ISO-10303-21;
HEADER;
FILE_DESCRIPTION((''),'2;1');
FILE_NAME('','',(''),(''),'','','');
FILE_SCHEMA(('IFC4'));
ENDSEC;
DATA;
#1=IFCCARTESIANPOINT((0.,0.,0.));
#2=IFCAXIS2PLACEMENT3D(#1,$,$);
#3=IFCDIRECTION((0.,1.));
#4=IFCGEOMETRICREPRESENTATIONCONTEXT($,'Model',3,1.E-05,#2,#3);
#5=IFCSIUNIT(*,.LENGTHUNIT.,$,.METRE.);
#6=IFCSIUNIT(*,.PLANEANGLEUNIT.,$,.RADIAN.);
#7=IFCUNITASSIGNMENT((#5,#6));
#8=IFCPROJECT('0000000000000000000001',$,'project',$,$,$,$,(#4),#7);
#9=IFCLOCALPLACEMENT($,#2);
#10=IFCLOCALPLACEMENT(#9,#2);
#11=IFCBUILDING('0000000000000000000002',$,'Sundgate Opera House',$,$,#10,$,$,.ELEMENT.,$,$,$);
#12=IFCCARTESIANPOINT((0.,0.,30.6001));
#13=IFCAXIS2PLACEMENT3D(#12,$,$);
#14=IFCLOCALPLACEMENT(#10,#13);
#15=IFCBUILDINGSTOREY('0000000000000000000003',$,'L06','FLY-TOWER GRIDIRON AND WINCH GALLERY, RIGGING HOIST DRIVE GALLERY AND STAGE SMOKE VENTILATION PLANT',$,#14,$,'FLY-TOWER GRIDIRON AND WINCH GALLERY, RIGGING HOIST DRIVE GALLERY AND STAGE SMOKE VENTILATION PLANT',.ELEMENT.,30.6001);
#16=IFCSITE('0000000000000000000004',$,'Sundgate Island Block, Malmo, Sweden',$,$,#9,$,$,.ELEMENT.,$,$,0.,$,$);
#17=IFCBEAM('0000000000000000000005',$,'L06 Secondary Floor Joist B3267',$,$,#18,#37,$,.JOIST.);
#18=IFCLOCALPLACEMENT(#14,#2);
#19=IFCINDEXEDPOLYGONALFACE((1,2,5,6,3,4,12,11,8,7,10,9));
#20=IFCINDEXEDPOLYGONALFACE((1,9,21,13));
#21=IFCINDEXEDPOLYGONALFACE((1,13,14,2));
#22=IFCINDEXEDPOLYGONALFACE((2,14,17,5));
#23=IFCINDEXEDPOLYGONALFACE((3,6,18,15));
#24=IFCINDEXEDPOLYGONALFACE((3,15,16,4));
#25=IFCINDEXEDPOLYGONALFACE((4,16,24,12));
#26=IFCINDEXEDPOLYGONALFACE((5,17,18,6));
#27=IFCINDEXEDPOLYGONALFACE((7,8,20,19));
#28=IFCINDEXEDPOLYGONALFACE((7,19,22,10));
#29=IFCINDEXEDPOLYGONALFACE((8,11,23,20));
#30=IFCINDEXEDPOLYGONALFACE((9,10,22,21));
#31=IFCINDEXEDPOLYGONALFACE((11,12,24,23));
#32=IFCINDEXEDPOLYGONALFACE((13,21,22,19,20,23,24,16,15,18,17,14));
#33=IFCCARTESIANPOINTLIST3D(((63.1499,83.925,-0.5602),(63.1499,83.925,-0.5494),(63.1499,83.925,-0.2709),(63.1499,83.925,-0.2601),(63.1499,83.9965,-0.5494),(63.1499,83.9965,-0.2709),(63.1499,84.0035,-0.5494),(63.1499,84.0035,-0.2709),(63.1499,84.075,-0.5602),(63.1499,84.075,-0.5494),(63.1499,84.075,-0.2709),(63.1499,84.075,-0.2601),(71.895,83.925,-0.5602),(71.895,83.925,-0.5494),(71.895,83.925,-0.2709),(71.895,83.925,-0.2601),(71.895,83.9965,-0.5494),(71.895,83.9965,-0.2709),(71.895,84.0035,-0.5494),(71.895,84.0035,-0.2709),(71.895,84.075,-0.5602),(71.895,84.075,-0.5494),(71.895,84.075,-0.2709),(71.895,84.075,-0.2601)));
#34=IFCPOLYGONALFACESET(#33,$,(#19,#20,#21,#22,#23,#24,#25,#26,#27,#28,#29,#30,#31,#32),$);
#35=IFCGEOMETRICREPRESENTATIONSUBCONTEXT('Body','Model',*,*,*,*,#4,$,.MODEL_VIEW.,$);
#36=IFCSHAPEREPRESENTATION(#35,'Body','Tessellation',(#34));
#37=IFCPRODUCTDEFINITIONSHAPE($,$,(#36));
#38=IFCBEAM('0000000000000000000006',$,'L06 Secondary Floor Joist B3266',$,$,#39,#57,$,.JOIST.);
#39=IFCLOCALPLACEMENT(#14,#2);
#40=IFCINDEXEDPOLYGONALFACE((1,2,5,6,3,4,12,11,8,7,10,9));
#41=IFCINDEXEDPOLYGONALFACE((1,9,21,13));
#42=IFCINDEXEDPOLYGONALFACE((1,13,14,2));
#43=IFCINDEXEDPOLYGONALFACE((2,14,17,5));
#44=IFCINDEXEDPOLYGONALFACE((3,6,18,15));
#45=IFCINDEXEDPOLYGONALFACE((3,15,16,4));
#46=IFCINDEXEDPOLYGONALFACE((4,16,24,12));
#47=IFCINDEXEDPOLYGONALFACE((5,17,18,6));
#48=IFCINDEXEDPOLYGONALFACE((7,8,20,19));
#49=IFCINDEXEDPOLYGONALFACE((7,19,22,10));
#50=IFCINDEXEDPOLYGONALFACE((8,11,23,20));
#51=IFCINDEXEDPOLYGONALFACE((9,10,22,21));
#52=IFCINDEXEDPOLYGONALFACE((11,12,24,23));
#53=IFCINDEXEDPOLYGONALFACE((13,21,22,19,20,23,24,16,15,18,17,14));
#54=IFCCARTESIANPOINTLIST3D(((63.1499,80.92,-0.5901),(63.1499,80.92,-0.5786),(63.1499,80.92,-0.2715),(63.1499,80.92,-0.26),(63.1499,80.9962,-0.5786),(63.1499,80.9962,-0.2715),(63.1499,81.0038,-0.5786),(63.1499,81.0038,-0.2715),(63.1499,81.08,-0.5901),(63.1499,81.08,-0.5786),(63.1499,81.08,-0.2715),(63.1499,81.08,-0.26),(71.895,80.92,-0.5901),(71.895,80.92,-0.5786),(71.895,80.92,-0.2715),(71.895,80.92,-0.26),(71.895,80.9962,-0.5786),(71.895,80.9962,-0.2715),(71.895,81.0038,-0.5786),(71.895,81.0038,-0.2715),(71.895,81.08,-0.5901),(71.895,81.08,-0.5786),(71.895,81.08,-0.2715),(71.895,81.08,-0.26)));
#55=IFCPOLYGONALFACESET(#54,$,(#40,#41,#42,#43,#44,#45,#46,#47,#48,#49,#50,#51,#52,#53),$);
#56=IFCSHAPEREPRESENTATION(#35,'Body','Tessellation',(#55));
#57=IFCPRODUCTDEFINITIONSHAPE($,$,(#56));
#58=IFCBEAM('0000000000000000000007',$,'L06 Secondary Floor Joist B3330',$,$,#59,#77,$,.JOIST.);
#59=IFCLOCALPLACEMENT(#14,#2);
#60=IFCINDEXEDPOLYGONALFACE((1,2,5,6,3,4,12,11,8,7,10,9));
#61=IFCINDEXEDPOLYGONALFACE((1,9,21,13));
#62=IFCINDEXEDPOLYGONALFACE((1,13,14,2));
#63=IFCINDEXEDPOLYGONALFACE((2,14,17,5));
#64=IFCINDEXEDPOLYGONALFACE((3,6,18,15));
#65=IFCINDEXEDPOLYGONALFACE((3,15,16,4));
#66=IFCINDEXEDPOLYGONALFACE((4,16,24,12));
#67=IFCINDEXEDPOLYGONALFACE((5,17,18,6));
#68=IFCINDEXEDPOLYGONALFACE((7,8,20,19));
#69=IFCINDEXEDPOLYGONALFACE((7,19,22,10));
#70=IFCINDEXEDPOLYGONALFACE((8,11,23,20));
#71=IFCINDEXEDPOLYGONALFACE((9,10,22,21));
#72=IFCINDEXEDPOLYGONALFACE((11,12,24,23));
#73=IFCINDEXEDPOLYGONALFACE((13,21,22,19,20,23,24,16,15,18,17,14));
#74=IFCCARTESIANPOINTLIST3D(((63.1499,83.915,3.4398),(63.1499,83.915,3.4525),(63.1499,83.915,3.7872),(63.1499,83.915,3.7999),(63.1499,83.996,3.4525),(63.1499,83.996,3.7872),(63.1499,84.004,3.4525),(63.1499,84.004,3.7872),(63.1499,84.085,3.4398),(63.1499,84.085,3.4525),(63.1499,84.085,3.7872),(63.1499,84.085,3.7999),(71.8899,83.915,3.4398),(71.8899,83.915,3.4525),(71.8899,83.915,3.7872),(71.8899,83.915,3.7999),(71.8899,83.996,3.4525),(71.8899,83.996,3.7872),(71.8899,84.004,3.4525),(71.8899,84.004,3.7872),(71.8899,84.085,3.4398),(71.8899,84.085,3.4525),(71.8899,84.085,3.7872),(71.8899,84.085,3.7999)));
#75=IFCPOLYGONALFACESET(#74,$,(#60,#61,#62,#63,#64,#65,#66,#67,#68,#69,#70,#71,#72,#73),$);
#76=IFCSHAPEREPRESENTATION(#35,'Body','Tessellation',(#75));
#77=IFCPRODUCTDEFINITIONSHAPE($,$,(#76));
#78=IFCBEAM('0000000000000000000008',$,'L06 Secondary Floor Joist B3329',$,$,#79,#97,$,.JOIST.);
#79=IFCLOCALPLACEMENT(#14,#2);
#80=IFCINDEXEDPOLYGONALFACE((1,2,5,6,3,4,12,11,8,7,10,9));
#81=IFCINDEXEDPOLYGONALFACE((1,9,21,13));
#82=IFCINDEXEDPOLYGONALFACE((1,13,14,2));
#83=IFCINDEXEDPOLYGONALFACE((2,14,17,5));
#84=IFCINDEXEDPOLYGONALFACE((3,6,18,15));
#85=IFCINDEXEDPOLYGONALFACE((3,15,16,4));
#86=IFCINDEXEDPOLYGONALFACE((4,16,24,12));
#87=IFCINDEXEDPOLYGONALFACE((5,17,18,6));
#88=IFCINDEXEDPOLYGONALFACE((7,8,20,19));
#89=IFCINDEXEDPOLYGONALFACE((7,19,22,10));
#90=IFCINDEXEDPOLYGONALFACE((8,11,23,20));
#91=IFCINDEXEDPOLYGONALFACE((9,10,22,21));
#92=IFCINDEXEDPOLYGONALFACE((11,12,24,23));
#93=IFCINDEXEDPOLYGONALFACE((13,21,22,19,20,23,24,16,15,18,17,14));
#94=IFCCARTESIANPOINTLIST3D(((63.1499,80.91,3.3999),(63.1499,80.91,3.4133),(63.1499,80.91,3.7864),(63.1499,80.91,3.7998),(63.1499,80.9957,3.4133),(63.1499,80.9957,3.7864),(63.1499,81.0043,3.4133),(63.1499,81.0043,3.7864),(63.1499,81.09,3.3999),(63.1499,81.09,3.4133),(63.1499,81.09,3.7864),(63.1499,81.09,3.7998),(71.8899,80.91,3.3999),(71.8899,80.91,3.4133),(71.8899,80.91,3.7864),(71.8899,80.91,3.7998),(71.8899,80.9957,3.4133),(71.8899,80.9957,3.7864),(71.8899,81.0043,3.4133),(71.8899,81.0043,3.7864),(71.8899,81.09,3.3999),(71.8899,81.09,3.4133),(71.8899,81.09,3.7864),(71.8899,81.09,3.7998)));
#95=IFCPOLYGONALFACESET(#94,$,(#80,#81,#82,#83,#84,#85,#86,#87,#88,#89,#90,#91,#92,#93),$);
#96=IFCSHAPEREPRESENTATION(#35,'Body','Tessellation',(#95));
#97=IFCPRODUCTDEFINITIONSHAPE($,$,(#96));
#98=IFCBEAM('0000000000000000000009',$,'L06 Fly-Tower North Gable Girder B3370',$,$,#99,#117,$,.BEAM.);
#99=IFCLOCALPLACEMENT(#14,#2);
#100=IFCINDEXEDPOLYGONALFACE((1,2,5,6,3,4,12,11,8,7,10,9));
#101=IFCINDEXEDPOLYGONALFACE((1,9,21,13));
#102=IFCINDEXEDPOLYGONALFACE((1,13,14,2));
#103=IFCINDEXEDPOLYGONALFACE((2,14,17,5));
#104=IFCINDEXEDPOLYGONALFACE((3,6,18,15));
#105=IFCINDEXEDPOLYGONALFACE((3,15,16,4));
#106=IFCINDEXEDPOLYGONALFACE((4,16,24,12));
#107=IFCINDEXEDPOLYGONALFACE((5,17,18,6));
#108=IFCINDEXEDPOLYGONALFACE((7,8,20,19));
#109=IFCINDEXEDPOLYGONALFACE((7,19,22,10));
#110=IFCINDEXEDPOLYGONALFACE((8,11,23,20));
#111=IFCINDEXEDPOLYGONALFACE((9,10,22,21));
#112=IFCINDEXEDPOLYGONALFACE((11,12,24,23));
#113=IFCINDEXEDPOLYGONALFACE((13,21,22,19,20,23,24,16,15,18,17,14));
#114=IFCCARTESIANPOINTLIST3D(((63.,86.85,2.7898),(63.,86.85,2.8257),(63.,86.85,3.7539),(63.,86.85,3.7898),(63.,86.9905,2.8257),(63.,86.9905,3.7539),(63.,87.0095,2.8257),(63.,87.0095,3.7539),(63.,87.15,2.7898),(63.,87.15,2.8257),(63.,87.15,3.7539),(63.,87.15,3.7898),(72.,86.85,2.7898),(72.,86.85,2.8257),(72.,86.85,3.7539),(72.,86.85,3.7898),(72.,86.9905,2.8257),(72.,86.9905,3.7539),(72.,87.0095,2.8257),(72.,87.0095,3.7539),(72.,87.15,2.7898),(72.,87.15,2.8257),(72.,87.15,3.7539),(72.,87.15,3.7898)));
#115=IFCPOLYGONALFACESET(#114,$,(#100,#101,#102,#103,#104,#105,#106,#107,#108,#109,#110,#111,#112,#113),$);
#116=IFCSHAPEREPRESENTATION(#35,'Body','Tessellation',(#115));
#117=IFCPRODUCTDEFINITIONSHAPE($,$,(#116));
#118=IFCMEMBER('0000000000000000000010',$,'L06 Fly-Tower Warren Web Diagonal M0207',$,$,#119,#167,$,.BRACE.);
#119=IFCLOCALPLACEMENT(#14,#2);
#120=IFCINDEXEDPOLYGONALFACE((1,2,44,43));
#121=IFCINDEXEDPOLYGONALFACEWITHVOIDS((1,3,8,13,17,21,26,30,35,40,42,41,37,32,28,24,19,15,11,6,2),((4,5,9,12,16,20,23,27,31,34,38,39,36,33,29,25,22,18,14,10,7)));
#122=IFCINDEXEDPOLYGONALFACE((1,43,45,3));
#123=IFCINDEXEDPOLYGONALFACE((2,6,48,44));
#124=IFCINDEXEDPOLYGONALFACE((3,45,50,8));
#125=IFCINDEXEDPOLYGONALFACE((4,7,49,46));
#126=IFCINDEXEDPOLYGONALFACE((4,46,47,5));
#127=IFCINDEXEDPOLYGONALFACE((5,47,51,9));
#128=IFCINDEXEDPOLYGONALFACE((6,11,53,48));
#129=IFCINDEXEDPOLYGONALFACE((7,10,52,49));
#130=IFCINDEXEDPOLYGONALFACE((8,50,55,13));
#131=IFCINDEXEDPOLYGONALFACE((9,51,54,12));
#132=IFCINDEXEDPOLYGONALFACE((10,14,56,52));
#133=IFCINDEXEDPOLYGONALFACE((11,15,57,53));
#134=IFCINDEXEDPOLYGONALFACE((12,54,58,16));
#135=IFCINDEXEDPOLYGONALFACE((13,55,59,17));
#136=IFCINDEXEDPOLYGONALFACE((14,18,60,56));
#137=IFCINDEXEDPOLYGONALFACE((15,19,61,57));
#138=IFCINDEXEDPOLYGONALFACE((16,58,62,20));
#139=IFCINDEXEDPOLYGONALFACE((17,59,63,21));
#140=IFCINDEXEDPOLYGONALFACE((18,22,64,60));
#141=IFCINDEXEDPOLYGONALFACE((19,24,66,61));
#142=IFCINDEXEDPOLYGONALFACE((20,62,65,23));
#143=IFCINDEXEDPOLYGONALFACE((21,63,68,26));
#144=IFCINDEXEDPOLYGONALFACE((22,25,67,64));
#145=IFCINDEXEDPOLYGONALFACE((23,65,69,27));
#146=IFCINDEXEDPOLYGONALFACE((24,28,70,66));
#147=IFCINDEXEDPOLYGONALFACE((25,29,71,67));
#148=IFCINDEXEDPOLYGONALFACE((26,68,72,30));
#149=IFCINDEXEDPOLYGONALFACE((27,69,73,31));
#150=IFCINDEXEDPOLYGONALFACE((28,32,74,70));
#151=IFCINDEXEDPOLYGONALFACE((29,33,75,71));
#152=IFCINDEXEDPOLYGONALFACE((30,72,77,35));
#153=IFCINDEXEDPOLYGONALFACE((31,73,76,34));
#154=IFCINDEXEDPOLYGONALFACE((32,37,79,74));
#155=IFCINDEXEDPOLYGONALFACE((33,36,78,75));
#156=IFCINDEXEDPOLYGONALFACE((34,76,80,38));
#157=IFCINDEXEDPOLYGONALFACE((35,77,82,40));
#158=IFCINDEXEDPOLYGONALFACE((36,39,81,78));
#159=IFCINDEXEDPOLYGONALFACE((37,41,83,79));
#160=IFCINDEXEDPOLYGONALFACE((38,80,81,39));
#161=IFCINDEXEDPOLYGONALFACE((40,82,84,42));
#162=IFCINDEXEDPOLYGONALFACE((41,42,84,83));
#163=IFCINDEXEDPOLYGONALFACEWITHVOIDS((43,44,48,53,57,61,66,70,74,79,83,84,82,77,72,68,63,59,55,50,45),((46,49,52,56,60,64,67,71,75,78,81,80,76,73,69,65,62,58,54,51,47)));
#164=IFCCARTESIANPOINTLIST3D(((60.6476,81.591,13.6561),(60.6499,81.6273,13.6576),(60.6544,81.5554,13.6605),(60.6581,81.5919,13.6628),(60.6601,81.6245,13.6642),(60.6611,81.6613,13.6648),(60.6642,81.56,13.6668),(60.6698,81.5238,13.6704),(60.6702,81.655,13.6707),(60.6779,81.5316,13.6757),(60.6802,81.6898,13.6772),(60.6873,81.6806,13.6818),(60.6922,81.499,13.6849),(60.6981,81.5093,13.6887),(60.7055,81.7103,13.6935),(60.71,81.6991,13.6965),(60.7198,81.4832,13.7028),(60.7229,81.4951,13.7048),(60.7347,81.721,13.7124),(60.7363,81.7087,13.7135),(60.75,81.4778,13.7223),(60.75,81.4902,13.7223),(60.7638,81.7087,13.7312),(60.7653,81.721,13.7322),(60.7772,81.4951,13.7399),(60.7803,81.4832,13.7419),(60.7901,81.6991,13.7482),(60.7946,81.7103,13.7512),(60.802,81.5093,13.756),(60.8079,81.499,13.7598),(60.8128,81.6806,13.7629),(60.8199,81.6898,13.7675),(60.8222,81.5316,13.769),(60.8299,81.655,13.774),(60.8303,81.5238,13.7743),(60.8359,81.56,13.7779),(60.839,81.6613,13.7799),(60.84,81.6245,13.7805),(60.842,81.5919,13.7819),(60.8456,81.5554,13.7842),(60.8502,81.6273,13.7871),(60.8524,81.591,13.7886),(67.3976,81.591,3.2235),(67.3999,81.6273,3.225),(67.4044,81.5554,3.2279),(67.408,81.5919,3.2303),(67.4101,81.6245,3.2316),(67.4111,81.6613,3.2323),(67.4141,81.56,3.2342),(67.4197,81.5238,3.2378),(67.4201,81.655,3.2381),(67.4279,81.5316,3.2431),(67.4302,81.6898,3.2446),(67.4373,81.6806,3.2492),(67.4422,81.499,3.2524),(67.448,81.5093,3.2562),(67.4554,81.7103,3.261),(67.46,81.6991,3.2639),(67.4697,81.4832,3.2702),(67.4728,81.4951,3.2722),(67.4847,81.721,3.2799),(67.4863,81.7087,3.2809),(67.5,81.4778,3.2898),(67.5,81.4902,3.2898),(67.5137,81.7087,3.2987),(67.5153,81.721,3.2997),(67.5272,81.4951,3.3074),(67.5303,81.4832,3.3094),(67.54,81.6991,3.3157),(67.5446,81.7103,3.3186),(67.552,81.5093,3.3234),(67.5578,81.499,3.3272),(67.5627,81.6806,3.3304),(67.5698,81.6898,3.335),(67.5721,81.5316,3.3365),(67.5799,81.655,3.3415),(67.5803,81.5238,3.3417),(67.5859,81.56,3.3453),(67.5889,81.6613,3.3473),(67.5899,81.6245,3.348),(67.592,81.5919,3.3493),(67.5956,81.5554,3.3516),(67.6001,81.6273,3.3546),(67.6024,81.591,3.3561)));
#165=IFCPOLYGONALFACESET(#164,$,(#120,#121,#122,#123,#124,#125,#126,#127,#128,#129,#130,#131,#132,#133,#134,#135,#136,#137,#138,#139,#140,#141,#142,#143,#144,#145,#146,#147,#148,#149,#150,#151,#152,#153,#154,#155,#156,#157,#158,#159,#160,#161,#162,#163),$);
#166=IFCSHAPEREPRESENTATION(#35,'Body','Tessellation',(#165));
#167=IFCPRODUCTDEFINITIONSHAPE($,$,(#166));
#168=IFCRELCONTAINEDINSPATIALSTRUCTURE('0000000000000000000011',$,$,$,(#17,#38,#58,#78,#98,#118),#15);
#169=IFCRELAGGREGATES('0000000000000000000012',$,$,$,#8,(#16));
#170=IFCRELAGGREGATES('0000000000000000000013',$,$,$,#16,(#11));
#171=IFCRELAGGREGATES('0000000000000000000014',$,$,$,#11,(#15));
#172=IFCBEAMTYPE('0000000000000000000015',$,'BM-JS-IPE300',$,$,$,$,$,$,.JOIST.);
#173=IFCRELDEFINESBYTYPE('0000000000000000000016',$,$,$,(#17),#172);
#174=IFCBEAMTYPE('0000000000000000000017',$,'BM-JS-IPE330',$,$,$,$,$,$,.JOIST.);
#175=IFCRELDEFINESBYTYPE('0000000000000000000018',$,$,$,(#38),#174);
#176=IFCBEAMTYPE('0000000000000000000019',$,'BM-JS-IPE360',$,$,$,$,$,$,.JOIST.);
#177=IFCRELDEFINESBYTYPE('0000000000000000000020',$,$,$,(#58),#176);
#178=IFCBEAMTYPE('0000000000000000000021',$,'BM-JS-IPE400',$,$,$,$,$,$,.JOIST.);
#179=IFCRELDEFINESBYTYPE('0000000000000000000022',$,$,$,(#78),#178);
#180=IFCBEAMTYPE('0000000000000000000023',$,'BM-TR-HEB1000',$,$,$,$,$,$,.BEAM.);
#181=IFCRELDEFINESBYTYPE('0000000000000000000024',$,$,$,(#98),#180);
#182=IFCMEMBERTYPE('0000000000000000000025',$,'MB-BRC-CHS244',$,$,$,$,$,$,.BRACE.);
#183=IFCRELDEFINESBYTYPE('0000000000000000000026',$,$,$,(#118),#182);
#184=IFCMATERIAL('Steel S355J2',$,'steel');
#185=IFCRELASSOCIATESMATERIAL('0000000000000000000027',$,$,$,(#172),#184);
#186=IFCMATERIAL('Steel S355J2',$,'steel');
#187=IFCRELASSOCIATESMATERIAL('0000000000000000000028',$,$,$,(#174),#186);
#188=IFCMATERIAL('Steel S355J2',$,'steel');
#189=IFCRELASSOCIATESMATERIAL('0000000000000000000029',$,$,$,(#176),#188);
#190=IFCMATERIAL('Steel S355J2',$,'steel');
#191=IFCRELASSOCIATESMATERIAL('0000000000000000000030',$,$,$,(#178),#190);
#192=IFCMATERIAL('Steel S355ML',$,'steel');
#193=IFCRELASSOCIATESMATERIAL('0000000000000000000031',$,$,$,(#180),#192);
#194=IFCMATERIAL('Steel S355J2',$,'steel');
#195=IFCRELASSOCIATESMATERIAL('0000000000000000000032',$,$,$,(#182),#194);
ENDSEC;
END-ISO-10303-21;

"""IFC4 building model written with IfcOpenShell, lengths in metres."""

from ifc_helpers import new_model, si_unit, direction, frame, origin, origin_2d, place, context, subcontext, project, spatial, hollow_circle, i_section, extrude, material, material_profile, profile_set, type_object, element, save


model = new_model("IFC4")

# Units and contexts
model_context = context("Model", 3, precision=1e-05, world=origin(), true_north=direction((0.0, 1.0)))
body_context = subcontext(model_context, "Body", "Model", "MODEL_VIEW")
ifc_project = project(units=[si_unit("LENGTHUNIT", "METRE"), si_unit("PLANEANGLEUNIT", "RADIAN")], contexts=[model_context])

# Site, building, storey
site_placement = place(None, origin())
site = spatial("IfcSite", under=ifc_project, at=site_placement, Name="Sundgate Island Block, Malmo, Sweden", CompositionType="ELEMENT", RefElevation=0.0)
building_placement = place(site_placement, origin())
building = spatial("IfcBuilding", under=site, at=building_placement, Name="Sundgate Opera House", CompositionType="ELEMENT")
storey_placement = place(building_placement, frame((0.0, 0.0, 30.6001)))
storey = spatial("IfcBuildingStorey", under=building, at=storey_placement, Name="L06", Description="FLY-TOWER GRIDIRON AND WINCH GALLERY, RIGGING HOIST DRIVE GALLERY AND STAGE SMOKE VENTILATION PLANT", LongName="FLY-TOWER GRIDIRON AND WINCH GALLERY, RIGGING HOIST DRIVE GALLERY AND STAGE SMOKE VENTILATION PLANT", CompositionType="ELEMENT", Elevation=30.6001)

# Beams
ifc_material_1 = material(Name="Steel S355J2", Category="steel")
ifc_material_profile_1 = material_profile(ifc_material_1, i_section(OverallWidth=0.1499, OverallDepth=0.3, WebThickness=0.0071, FlangeThickness=0.0107, at=origin_2d()), Name="IPE 300")
ifc_profile_set_1 = profile_set([ifc_material_profile_1], Name="Steel S355J2")
beam_type_1 = type_object("IfcBeamType", Name="BM-JS-IPE300", PredefinedType="JOIST", material=ifc_profile_set_1)
beam_1_placement = place(storey_placement, frame((63.1499, 84.0, -0.4102), z_axis=(1.0, 0.0, 0.0), x_axis=(0.0, 1.0, 0.0)))
element("IfcBeam", 1, at=beam_1_placement, inside=storey, type_object=beam_type_1, Name="L06 Secondary Floor Joist B3267", PredefinedType="JOIST", context=body_context, shape_type="SweptSolid", body=[
    extrude(i_section(OverallWidth=0.1499, OverallDepth=0.3, WebThickness=0.0071, FlangeThickness=0.0107, at=origin_2d()), origin(), (0.0, 0.0, 1.0), 8.7451),
])
ifc_material_2 = material(Name="Steel S355J2", Category="steel")
ifc_material_profile_2 = material_profile(ifc_material_2, i_section(OverallWidth=0.1599, OverallDepth=0.3301, WebThickness=0.0076, FlangeThickness=0.0115, at=origin_2d()), Name="IPE 330")
ifc_profile_set_2 = profile_set([ifc_material_profile_2], Name="Steel S355J2")
beam_type_2 = type_object("IfcBeamType", Name="BM-JS-IPE330", PredefinedType="JOIST", material=ifc_profile_set_2)
beam_2_placement = place(storey_placement, frame((63.1499, 81.0, -0.425), z_axis=(1.0, 0.0, 0.0), x_axis=(0.0, 1.0, 0.0)))
element("IfcBeam", 2, at=beam_2_placement, inside=storey, type_object=beam_type_2, Name="L06 Secondary Floor Joist B3266", PredefinedType="JOIST", context=body_context, shape_type="SweptSolid", body=[
    extrude(i_section(OverallWidth=0.1599, OverallDepth=0.3301, WebThickness=0.0076, FlangeThickness=0.0115, at=origin_2d()), origin(), (0.0, 0.0, 1.0), 8.7451),
])
ifc_material_3 = material(Name="Steel S355J2", Category="steel")
ifc_material_profile_3 = material_profile(ifc_material_3, i_section(OverallWidth=0.1699, OverallDepth=0.3601, WebThickness=0.0081, FlangeThickness=0.0127, at=origin_2d()), Name="IPE 360")
ifc_profile_set_3 = profile_set([ifc_material_profile_3], Name="Steel S355J2")
beam_type_3 = type_object("IfcBeamType", Name="BM-JS-IPE360", PredefinedType="JOIST", material=ifc_profile_set_3)
beam_3_placement = place(storey_placement, frame((63.1499, 84.0, 3.6199), z_axis=(1.0, 0.0, 0.0), x_axis=(0.0, 1.0, 0.0)))
element("IfcBeam", 3, at=beam_3_placement, inside=storey, type_object=beam_type_3, Name="L06 Secondary Floor Joist B3330", PredefinedType="JOIST", context=body_context, shape_type="SweptSolid", body=[
    extrude(i_section(OverallWidth=0.1699, OverallDepth=0.3601, WebThickness=0.0081, FlangeThickness=0.0127, at=origin_2d()), origin(), (0.0, 0.0, 1.0), 8.74),
])
ifc_material_4 = material(Name="Steel S355J2", Category="steel")
ifc_material_profile_4 = material_profile(ifc_material_4, i_section(OverallWidth=0.1799, OverallDepth=0.3999, WebThickness=0.0085, FlangeThickness=0.0134, at=origin_2d()), Name="IPE 400")
ifc_profile_set_4 = profile_set([ifc_material_profile_4], Name="Steel S355J2")
beam_type_4 = type_object("IfcBeamType", Name="BM-JS-IPE400", PredefinedType="JOIST", material=ifc_profile_set_4)
beam_4_placement = place(storey_placement, frame((63.1499, 81.0, 3.5999), z_axis=(1.0, 0.0, 0.0), x_axis=(0.0, 1.0, 0.0)))
element("IfcBeam", 4, at=beam_4_placement, inside=storey, type_object=beam_type_4, Name="L06 Secondary Floor Joist B3329", PredefinedType="JOIST", context=body_context, shape_type="SweptSolid", body=[
    extrude(i_section(OverallWidth=0.1799, OverallDepth=0.3999, WebThickness=0.0085, FlangeThickness=0.0134, at=origin_2d()), origin(), (0.0, 0.0, 1.0), 8.74),
])
ifc_material_5 = material(Name="Steel S355ML", Category="steel")
ifc_material_profile_5 = material_profile(ifc_material_5, i_section(OverallWidth=0.3, OverallDepth=1.0, WebThickness=0.019, FlangeThickness=0.0359, at=origin_2d()), Name="HEB 1000")
ifc_profile_set_5 = profile_set([ifc_material_profile_5], Name="Steel S355ML")
beam_type_5 = type_object("IfcBeamType", Name="BM-TR-HEB1000", PredefinedType="BEAM", material=ifc_profile_set_5)
beam_5_placement = place(storey_placement, frame((63.0, 87.0, 3.2898), z_axis=(1.0, 0.0, 0.0), x_axis=(0.0, 1.0, 0.0)))
element("IfcBeam", 5, at=beam_5_placement, inside=storey, type_object=beam_type_5, Name="L06 Fly-Tower North Gable Girder B3370", PredefinedType="BEAM", context=body_context, shape_type="SweptSolid", body=[
    extrude(i_section(OverallWidth=0.3, OverallDepth=1.0, WebThickness=0.019, FlangeThickness=0.0359, at=origin_2d()), origin(), (0.0, 0.0, 1.0), 9.0),
])

# Member
ifc_material_6 = material(Name="Steel S355J2", Category="steel")
ifc_material_profile_6 = material_profile(ifc_material_6, hollow_circle(Radius=0.1223, WallThickness=0.0125, at=origin_2d()), Name="CHS 244.5x12.5")
ifc_profile_set_6 = profile_set([ifc_material_profile_6], Name="Steel S355J2")
member_type_1 = type_object("IfcMemberType", Name="MB-BRC-CHS244", PredefinedType="BRACE", material=ifc_profile_set_6)
for number, where, z_axis, x_axis, name in (
    (6, (67.5, 81.6001, 3.2898), (-0.543222, 0.0, 0.839589), (0.0, -1.0, 0.0), "L06 Fly-Tower Warren Web Diagonal M0207"),
):
    element("IfcMember", number, at=place(storey_placement, frame(where, z_axis=z_axis, x_axis=x_axis)), inside=storey, type_object=member_type_1, Name=name, PredefinedType="BRACE", context=body_context, shape_type="SweptSolid", body=[
        extrude(hollow_circle(Radius=0.1223, WallThickness=0.0125, at=origin_2d()), origin(), (0.0, 0.0, 1.0), 12.4258),
    ])

save(model, "model.ifc")
